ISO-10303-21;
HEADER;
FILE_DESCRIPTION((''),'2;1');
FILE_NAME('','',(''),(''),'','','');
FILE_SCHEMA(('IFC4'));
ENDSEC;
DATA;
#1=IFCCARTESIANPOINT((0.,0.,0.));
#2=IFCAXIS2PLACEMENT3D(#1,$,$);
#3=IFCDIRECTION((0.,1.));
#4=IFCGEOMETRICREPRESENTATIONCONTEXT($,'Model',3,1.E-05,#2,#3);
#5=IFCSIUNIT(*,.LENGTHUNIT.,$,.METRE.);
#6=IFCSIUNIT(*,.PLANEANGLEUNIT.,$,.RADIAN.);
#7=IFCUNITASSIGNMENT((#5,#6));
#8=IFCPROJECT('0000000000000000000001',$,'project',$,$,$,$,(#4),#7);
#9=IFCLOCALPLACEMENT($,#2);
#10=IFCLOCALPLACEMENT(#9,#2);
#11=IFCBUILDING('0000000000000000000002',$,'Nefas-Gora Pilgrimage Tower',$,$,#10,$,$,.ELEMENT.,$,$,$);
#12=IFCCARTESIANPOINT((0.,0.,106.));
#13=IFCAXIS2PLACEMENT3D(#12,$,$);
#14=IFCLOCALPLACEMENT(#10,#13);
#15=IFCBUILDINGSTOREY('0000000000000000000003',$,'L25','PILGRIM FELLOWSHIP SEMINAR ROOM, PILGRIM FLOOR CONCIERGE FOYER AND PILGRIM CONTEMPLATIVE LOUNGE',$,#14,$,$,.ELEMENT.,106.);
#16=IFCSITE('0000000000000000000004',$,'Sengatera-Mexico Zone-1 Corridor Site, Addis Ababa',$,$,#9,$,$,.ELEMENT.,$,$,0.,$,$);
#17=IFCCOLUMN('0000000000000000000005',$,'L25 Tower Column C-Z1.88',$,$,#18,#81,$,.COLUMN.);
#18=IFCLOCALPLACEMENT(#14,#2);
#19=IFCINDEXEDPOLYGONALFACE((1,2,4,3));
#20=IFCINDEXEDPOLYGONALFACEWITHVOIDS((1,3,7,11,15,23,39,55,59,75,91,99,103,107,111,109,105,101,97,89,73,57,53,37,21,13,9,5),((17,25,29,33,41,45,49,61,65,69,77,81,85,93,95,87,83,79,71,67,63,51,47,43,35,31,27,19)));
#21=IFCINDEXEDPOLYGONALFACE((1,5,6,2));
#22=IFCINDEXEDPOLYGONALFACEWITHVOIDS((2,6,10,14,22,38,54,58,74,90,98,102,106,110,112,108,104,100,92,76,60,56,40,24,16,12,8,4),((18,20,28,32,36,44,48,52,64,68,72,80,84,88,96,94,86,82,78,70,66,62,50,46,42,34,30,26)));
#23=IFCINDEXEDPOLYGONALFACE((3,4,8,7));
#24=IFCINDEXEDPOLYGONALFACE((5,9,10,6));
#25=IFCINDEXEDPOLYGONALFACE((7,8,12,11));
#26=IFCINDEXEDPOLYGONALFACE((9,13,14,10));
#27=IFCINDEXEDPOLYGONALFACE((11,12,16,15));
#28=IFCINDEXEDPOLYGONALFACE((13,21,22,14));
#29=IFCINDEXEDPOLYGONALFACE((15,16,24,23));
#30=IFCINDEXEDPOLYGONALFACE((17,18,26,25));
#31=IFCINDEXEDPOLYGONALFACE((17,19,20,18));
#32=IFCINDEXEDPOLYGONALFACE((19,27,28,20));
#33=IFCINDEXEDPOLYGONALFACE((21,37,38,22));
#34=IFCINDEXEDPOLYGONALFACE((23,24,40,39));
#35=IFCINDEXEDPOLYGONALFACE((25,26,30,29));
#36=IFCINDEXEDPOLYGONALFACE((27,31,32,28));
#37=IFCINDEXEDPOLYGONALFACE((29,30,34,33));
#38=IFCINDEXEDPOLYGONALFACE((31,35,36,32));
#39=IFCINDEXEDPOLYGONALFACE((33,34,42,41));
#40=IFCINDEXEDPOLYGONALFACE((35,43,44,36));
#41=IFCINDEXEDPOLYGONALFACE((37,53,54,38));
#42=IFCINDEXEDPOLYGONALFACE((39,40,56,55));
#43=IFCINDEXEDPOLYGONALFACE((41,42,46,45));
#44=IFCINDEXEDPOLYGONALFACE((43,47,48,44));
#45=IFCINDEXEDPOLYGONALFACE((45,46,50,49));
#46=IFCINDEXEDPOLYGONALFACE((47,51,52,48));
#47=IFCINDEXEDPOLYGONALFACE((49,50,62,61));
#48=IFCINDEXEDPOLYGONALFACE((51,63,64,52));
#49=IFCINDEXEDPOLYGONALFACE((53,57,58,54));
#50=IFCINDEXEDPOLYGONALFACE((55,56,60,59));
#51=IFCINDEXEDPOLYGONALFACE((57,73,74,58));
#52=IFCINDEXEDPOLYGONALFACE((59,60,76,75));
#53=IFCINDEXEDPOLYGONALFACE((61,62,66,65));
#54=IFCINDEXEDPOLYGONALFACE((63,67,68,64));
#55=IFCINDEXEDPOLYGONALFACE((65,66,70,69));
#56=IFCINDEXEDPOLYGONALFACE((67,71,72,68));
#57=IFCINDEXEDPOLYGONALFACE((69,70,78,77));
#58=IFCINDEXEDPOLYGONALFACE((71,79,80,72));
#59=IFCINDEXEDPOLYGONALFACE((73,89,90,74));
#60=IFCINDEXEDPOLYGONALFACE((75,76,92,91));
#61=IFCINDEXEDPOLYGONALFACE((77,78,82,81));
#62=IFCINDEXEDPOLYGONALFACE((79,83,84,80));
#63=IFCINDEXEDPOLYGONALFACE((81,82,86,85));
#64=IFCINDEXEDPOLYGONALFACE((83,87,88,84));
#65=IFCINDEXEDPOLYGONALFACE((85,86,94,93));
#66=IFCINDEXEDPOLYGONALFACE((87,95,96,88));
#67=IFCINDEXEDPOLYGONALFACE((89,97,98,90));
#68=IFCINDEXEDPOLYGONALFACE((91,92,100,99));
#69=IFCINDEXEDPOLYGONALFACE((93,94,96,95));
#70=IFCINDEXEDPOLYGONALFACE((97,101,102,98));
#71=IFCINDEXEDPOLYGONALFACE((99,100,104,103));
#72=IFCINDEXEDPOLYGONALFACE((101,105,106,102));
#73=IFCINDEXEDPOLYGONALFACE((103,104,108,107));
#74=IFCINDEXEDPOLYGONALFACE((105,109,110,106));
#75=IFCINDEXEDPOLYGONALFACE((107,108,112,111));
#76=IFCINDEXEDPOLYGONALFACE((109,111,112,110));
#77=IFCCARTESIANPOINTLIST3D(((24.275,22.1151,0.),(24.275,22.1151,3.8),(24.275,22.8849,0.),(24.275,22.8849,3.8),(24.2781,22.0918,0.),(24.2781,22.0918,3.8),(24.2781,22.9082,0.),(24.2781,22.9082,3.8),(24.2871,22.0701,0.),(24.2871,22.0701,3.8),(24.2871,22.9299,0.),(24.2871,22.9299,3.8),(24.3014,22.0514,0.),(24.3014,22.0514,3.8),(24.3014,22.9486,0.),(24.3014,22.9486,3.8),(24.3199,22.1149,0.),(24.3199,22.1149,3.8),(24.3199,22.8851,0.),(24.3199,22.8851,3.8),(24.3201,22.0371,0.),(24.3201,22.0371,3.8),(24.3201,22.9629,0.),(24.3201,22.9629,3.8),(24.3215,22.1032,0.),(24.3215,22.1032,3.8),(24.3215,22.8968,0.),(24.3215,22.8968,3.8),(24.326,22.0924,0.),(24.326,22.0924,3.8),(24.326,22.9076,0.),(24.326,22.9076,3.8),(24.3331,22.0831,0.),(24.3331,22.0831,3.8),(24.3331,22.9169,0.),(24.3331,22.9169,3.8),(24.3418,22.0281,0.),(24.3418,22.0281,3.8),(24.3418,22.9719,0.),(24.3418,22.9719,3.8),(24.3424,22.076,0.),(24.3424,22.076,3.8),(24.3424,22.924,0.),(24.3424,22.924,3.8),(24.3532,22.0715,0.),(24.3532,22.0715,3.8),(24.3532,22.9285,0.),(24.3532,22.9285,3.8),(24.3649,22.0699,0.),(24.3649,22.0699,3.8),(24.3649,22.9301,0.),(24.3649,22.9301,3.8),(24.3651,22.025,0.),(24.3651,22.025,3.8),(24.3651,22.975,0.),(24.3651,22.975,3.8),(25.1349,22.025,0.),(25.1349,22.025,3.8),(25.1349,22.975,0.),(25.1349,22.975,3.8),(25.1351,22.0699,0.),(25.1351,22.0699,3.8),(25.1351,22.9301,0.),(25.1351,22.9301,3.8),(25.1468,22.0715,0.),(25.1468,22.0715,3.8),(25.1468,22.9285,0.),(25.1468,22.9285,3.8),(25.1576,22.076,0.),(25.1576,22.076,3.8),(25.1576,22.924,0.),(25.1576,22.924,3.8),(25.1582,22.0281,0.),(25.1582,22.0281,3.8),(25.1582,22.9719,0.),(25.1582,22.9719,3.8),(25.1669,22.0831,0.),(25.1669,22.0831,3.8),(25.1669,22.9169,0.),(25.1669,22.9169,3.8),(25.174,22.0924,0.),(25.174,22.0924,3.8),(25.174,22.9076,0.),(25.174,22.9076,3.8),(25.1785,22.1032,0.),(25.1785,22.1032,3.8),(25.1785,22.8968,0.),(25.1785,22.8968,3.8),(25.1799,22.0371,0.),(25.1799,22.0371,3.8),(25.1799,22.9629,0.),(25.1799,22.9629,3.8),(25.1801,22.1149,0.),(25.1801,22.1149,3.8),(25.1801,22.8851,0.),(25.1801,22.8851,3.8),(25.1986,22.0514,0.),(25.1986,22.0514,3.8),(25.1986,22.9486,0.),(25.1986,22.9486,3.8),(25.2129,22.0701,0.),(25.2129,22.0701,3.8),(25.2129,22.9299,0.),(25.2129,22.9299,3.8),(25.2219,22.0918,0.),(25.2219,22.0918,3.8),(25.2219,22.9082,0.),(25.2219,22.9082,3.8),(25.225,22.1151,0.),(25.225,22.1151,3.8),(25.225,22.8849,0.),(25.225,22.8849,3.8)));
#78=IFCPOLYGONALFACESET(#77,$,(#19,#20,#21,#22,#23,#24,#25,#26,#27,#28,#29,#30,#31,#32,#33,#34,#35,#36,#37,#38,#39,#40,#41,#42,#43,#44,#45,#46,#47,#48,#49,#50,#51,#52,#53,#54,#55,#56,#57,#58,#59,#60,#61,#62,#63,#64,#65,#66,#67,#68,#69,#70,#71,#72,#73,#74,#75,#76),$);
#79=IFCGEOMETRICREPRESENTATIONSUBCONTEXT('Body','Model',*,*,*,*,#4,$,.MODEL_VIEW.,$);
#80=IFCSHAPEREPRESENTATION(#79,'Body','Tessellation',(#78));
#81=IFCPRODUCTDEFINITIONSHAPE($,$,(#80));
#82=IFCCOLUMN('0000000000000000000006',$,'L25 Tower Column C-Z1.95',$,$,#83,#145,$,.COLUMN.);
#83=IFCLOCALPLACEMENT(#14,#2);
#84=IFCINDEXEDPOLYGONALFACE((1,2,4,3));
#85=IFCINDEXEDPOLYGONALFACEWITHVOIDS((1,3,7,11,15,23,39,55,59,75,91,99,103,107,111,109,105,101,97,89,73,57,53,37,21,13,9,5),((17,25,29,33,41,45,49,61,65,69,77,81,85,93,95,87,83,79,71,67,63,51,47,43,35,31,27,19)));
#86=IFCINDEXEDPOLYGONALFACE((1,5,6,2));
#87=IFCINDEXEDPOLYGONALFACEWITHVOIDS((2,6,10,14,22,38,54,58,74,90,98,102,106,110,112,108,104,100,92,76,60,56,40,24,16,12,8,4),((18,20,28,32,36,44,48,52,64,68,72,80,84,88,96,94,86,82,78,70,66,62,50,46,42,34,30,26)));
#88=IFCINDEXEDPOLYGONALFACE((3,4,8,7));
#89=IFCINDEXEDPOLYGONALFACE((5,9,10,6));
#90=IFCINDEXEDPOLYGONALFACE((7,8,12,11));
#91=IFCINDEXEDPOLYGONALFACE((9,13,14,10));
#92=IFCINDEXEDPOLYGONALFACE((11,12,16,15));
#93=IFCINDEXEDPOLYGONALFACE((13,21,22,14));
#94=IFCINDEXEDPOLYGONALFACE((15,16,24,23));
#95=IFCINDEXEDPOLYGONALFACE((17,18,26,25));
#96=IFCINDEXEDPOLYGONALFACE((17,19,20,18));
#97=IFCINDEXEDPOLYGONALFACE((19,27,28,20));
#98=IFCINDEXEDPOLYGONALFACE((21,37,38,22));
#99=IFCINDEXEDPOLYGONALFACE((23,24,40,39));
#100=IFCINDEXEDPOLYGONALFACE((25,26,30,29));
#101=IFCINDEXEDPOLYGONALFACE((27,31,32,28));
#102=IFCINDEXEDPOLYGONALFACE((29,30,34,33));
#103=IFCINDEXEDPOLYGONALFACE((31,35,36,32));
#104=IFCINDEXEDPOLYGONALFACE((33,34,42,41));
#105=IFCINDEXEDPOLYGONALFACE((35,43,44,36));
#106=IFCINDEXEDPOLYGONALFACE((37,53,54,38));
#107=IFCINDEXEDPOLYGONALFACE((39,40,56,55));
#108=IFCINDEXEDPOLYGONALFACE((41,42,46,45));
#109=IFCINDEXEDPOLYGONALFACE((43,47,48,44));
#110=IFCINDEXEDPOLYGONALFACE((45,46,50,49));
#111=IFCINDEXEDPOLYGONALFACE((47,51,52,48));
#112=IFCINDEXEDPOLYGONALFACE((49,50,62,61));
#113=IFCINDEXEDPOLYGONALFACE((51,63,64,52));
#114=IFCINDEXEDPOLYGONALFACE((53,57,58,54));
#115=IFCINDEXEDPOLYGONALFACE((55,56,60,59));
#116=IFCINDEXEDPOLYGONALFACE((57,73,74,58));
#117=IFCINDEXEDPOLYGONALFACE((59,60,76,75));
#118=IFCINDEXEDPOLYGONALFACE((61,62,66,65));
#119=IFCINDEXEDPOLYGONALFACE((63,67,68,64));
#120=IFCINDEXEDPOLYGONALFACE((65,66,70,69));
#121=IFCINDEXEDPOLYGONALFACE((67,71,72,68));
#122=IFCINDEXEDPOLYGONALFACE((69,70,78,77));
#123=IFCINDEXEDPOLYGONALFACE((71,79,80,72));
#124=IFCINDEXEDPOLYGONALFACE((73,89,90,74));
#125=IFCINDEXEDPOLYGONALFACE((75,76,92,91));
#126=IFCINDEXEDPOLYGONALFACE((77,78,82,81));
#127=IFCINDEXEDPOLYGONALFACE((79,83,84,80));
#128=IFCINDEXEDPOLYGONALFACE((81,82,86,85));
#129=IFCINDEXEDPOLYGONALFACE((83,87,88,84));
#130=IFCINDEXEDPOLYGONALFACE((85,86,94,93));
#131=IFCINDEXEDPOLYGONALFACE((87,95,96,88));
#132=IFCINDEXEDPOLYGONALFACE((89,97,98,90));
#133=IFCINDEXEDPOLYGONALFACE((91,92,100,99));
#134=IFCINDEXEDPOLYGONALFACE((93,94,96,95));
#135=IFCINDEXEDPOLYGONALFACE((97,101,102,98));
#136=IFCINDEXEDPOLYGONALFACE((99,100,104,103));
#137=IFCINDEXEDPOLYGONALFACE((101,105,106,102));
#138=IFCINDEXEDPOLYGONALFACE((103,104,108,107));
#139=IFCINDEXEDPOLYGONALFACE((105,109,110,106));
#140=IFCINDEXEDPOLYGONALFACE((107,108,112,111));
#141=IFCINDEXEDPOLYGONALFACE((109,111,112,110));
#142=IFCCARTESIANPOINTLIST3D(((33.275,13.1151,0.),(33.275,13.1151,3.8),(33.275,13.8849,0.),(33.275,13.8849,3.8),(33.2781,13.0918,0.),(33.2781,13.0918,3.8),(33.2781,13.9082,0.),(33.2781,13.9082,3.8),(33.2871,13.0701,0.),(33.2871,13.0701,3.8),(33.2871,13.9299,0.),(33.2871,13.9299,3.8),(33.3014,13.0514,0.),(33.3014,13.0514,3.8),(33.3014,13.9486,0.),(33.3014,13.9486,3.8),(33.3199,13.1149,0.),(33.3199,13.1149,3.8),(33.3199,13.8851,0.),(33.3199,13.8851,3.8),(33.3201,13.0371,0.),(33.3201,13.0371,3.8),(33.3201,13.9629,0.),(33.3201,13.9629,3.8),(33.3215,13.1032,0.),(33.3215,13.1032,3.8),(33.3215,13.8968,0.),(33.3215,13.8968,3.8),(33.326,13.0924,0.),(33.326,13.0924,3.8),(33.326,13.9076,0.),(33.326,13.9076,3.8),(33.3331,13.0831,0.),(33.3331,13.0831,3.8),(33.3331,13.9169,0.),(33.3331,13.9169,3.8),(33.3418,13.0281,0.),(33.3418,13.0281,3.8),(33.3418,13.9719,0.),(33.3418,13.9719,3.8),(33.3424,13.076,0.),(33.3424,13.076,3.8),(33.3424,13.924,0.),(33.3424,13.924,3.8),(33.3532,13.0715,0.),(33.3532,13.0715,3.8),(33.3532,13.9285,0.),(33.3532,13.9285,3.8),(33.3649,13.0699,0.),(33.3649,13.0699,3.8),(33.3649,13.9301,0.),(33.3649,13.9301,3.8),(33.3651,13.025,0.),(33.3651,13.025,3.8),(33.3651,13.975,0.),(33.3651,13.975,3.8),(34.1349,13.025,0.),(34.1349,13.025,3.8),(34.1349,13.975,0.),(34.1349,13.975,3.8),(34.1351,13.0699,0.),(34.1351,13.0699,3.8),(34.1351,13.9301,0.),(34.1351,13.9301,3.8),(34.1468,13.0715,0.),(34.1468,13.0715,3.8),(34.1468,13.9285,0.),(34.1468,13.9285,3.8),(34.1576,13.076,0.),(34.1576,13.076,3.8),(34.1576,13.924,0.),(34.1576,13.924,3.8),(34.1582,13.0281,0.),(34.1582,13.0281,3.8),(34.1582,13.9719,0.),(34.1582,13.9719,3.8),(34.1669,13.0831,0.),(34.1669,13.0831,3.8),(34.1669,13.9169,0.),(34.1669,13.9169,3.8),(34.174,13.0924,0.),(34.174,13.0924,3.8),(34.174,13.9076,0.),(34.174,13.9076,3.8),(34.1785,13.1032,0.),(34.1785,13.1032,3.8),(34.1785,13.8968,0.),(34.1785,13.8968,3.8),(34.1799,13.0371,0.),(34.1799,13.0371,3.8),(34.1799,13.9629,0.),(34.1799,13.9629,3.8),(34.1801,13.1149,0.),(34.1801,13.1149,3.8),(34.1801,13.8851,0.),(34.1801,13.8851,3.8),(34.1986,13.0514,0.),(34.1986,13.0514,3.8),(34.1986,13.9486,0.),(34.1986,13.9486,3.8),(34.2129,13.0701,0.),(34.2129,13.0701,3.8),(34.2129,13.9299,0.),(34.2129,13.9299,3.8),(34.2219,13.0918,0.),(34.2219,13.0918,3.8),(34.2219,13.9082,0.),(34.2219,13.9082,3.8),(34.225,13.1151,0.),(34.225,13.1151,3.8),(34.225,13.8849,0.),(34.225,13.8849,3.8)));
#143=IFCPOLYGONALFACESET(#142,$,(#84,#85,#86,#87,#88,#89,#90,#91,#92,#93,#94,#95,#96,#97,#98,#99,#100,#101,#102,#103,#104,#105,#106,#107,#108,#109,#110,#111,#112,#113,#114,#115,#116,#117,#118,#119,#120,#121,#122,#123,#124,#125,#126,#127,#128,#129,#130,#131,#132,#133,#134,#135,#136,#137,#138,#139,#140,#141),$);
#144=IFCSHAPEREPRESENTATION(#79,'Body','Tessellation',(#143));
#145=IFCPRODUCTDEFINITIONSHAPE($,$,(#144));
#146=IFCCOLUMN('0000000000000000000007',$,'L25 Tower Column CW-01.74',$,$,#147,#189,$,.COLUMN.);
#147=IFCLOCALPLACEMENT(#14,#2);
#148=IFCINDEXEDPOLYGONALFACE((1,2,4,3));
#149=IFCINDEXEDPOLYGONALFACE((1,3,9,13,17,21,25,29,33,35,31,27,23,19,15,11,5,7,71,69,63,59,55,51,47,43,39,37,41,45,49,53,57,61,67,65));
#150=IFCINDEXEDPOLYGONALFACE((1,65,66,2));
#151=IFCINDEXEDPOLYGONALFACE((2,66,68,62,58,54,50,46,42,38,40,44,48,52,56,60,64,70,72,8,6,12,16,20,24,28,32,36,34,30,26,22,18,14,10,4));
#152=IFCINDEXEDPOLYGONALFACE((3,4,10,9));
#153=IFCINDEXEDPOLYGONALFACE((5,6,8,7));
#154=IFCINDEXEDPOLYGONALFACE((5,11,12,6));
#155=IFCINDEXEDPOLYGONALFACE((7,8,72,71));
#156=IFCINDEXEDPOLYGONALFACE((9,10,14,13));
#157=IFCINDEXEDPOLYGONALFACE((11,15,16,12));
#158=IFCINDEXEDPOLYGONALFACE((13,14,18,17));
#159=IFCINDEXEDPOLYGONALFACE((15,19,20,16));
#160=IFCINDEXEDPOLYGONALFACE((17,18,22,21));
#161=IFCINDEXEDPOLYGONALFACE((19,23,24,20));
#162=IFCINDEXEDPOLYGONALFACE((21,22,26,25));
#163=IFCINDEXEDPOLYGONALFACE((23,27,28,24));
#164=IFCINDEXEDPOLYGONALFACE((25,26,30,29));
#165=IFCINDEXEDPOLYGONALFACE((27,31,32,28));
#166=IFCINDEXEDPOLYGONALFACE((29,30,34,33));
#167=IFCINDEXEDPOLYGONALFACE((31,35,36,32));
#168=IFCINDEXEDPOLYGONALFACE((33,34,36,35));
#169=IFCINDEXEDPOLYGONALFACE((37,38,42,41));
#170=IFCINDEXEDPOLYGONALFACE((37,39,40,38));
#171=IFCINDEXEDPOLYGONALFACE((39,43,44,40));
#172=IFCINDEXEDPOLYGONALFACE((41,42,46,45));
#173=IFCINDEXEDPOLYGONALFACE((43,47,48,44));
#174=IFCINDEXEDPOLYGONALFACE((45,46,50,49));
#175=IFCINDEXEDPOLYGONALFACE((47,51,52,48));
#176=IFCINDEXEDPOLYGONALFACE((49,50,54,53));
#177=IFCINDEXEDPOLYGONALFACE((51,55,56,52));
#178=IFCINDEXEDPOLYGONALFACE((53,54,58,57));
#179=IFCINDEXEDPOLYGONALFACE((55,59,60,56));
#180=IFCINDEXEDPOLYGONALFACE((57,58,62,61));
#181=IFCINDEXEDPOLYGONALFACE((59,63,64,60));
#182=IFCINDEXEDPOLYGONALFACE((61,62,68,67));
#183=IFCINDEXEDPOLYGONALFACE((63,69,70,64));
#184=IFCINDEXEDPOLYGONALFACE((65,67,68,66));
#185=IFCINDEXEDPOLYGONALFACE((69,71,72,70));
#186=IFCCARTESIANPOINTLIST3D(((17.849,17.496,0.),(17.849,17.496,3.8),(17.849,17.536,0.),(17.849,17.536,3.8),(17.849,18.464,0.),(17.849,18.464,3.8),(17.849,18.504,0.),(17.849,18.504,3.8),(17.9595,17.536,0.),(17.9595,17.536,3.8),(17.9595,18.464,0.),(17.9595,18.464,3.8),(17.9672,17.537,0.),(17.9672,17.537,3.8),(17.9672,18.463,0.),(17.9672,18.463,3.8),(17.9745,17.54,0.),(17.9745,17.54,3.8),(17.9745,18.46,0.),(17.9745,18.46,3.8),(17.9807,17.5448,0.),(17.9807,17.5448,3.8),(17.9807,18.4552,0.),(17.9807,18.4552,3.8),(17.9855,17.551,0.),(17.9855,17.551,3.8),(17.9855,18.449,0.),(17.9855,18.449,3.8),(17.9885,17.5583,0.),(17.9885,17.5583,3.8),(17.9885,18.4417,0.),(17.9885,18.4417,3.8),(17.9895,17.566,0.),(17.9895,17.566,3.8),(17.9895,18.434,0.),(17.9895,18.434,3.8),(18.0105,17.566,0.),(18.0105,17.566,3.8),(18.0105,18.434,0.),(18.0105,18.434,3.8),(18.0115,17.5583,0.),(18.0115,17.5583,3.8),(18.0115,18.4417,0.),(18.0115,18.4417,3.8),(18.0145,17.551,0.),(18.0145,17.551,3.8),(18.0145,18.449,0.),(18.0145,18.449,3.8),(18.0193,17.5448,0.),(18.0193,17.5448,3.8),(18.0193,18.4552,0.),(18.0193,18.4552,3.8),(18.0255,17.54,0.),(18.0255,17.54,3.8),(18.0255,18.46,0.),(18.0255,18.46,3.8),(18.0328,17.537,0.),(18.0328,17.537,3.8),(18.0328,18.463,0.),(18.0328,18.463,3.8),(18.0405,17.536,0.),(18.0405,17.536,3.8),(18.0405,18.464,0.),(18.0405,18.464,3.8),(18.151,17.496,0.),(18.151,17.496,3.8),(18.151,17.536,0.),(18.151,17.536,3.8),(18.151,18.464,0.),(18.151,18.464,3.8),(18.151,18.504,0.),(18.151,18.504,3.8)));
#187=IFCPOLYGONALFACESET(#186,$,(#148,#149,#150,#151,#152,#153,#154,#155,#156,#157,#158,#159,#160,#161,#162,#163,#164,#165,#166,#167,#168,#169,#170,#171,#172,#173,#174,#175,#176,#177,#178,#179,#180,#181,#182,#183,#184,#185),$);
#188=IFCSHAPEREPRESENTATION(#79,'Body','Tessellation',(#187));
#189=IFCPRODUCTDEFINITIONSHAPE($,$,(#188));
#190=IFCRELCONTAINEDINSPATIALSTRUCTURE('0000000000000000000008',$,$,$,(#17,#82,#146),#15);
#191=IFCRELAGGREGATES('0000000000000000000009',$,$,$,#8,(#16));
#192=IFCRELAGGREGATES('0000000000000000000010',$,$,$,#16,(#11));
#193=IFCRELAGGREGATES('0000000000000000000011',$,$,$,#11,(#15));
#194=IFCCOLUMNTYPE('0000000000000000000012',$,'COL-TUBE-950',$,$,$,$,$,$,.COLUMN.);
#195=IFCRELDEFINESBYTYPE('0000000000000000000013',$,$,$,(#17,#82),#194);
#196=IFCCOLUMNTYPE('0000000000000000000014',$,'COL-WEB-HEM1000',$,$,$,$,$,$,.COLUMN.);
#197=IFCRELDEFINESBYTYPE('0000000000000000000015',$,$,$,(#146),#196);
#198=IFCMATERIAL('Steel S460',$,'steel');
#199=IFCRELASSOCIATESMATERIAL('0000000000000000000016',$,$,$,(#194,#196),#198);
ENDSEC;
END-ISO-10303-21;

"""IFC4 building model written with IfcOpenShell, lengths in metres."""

from ifc_helpers import new_model, si_unit, direction, frame, origin, origin_2d, place, context, subcontext, project, spatial, hollow_rectangle, i_section, extrude, source, transform, mapped, material, material_profile, profile_set, type_object, element, save


model = new_model("IFC4")

# Units and contexts
model_context = context("Model", 3, precision=1e-05, world=origin(), true_north=direction((0.0, 1.0)))
body_context = subcontext(model_context, "Body", "Model", "MODEL_VIEW")
ifc_project = project(units=[si_unit("LENGTHUNIT", "METRE"), si_unit("PLANEANGLEUNIT", "RADIAN")], contexts=[model_context])

# Site, building, storey
site_placement = place(None, origin())
site = spatial("IfcSite", under=ifc_project, at=site_placement, Name="Sengatera-Mexico Zone-1 Corridor Site, Addis Ababa", CompositionType="ELEMENT", RefElevation=0.0)
building_placement = place(site_placement, origin())
building = spatial("IfcBuilding", under=site, at=building_placement, Name="Nefas-Gora Pilgrimage Tower", CompositionType="ELEMENT")
storey_placement = place(building_placement, frame((0.0, 0.0, 106.0)))
storey = spatial("IfcBuildingStorey", under=building, at=storey_placement, Name="L25", Description="PILGRIM FELLOWSHIP SEMINAR ROOM, PILGRIM FLOOR CONCIERGE FOYER AND PILGRIM CONTEMPLATIVE LOUNGE", CompositionType="ELEMENT", Elevation=106.0)

# Columns
ifc_material_1 = material(Name="Steel S460", Category="steel")
ifc_material_profile_1 = material_profile(ifc_material_1, hollow_rectangle(XDim=0.95, YDim=0.95, WallThickness=0.0449, InnerFilletRadius=0.0449, OuterFilletRadius=0.0901, at=origin_2d()), Name="BOX 950x950x45")
ifc_profile_set_1 = profile_set([ifc_material_profile_1], Name="Steel S460")
column_type_1 = type_object("IfcColumnType", Name="COL-TUBE-950", PredefinedType="COLUMN", material=ifc_profile_set_1)
shared_shape_1 = source(origin(), body_context, "Body", "SweptSolid", [
    extrude(hollow_rectangle(XDim=0.95, YDim=0.95, WallThickness=0.0449, InnerFilletRadius=0.0449, OuterFilletRadius=0.0901, at=origin_2d()), origin(), (0.0, 0.0, 1.0), 3.8),
])
for number, where, z_axis, x_axis, name in (
    (1, (24.75, 22.5, 0.0), (0.0, 0.0, 1.0), (1.0, 0.0, 0.0), "L25 Tower Column C-Z1.88"),
    (2, (33.75, 13.5, 0.0), (0.0, 0.0, 1.0), (1.0, 0.0, 0.0), "L25 Tower Column C-Z1.95"),
):
    element("IfcColumn", number, at=place(storey_placement, frame(where, z_axis=z_axis, x_axis=x_axis)), inside=storey, type_object=column_type_1, Name=name, PredefinedType="COLUMN", context=body_context, shape_type="MappedRepresentation", body=[
        mapped(shared_shape_1, transform((0.0, 0.0, 0.0), x_axis=(1.0, 0.0, 0.0), y_axis=(0.0, 1.0, 0.0), z_axis=(0.0, 0.0, 1.0), scale=1.0)),
    ])
ifc_material_profile_2 = material_profile(ifc_material_1, i_section(OverallWidth=0.302, OverallDepth=1.0081, WebThickness=0.021, FlangeThickness=0.04, FilletRadius=0.03, at=origin_2d()), Name="HEM 1000")
ifc_profile_set_2 = profile_set([ifc_material_profile_2], Name="Steel S460")
column_type_2 = type_object("IfcColumnType", Name="COL-WEB-HEM1000", PredefinedType="COLUMN", material=ifc_profile_set_2)
shared_shape_2 = source(origin(), body_context, "Body", "SweptSolid", [
    extrude(i_section(OverallWidth=0.302, OverallDepth=1.0081, WebThickness=0.021, FlangeThickness=0.04, FilletRadius=0.03, at=origin_2d()), origin(), (0.0, 0.0, 1.0), 3.8),
])
for number, where, z_axis, x_axis, name in (
    (3, (18.0, 18.0, 0.0), (0.0, 0.0, 1.0), (1.0, 0.0, 0.0), "L25 Tower Column CW-01.74"),
):
    element("IfcColumn", number, at=place(storey_placement, frame(where, z_axis=z_axis, x_axis=x_axis)), inside=storey, type_object=column_type_2, Name=name, PredefinedType="COLUMN", context=body_context, shape_type="MappedRepresentation", body=[
        mapped(shared_shape_2, transform((0.0, 0.0, 0.0), x_axis=(1.0, 0.0, 0.0), y_axis=(0.0, 1.0, 0.0), z_axis=(0.0, 0.0, 1.0), scale=1.0)),
    ])

save(model, "model.ifc")
